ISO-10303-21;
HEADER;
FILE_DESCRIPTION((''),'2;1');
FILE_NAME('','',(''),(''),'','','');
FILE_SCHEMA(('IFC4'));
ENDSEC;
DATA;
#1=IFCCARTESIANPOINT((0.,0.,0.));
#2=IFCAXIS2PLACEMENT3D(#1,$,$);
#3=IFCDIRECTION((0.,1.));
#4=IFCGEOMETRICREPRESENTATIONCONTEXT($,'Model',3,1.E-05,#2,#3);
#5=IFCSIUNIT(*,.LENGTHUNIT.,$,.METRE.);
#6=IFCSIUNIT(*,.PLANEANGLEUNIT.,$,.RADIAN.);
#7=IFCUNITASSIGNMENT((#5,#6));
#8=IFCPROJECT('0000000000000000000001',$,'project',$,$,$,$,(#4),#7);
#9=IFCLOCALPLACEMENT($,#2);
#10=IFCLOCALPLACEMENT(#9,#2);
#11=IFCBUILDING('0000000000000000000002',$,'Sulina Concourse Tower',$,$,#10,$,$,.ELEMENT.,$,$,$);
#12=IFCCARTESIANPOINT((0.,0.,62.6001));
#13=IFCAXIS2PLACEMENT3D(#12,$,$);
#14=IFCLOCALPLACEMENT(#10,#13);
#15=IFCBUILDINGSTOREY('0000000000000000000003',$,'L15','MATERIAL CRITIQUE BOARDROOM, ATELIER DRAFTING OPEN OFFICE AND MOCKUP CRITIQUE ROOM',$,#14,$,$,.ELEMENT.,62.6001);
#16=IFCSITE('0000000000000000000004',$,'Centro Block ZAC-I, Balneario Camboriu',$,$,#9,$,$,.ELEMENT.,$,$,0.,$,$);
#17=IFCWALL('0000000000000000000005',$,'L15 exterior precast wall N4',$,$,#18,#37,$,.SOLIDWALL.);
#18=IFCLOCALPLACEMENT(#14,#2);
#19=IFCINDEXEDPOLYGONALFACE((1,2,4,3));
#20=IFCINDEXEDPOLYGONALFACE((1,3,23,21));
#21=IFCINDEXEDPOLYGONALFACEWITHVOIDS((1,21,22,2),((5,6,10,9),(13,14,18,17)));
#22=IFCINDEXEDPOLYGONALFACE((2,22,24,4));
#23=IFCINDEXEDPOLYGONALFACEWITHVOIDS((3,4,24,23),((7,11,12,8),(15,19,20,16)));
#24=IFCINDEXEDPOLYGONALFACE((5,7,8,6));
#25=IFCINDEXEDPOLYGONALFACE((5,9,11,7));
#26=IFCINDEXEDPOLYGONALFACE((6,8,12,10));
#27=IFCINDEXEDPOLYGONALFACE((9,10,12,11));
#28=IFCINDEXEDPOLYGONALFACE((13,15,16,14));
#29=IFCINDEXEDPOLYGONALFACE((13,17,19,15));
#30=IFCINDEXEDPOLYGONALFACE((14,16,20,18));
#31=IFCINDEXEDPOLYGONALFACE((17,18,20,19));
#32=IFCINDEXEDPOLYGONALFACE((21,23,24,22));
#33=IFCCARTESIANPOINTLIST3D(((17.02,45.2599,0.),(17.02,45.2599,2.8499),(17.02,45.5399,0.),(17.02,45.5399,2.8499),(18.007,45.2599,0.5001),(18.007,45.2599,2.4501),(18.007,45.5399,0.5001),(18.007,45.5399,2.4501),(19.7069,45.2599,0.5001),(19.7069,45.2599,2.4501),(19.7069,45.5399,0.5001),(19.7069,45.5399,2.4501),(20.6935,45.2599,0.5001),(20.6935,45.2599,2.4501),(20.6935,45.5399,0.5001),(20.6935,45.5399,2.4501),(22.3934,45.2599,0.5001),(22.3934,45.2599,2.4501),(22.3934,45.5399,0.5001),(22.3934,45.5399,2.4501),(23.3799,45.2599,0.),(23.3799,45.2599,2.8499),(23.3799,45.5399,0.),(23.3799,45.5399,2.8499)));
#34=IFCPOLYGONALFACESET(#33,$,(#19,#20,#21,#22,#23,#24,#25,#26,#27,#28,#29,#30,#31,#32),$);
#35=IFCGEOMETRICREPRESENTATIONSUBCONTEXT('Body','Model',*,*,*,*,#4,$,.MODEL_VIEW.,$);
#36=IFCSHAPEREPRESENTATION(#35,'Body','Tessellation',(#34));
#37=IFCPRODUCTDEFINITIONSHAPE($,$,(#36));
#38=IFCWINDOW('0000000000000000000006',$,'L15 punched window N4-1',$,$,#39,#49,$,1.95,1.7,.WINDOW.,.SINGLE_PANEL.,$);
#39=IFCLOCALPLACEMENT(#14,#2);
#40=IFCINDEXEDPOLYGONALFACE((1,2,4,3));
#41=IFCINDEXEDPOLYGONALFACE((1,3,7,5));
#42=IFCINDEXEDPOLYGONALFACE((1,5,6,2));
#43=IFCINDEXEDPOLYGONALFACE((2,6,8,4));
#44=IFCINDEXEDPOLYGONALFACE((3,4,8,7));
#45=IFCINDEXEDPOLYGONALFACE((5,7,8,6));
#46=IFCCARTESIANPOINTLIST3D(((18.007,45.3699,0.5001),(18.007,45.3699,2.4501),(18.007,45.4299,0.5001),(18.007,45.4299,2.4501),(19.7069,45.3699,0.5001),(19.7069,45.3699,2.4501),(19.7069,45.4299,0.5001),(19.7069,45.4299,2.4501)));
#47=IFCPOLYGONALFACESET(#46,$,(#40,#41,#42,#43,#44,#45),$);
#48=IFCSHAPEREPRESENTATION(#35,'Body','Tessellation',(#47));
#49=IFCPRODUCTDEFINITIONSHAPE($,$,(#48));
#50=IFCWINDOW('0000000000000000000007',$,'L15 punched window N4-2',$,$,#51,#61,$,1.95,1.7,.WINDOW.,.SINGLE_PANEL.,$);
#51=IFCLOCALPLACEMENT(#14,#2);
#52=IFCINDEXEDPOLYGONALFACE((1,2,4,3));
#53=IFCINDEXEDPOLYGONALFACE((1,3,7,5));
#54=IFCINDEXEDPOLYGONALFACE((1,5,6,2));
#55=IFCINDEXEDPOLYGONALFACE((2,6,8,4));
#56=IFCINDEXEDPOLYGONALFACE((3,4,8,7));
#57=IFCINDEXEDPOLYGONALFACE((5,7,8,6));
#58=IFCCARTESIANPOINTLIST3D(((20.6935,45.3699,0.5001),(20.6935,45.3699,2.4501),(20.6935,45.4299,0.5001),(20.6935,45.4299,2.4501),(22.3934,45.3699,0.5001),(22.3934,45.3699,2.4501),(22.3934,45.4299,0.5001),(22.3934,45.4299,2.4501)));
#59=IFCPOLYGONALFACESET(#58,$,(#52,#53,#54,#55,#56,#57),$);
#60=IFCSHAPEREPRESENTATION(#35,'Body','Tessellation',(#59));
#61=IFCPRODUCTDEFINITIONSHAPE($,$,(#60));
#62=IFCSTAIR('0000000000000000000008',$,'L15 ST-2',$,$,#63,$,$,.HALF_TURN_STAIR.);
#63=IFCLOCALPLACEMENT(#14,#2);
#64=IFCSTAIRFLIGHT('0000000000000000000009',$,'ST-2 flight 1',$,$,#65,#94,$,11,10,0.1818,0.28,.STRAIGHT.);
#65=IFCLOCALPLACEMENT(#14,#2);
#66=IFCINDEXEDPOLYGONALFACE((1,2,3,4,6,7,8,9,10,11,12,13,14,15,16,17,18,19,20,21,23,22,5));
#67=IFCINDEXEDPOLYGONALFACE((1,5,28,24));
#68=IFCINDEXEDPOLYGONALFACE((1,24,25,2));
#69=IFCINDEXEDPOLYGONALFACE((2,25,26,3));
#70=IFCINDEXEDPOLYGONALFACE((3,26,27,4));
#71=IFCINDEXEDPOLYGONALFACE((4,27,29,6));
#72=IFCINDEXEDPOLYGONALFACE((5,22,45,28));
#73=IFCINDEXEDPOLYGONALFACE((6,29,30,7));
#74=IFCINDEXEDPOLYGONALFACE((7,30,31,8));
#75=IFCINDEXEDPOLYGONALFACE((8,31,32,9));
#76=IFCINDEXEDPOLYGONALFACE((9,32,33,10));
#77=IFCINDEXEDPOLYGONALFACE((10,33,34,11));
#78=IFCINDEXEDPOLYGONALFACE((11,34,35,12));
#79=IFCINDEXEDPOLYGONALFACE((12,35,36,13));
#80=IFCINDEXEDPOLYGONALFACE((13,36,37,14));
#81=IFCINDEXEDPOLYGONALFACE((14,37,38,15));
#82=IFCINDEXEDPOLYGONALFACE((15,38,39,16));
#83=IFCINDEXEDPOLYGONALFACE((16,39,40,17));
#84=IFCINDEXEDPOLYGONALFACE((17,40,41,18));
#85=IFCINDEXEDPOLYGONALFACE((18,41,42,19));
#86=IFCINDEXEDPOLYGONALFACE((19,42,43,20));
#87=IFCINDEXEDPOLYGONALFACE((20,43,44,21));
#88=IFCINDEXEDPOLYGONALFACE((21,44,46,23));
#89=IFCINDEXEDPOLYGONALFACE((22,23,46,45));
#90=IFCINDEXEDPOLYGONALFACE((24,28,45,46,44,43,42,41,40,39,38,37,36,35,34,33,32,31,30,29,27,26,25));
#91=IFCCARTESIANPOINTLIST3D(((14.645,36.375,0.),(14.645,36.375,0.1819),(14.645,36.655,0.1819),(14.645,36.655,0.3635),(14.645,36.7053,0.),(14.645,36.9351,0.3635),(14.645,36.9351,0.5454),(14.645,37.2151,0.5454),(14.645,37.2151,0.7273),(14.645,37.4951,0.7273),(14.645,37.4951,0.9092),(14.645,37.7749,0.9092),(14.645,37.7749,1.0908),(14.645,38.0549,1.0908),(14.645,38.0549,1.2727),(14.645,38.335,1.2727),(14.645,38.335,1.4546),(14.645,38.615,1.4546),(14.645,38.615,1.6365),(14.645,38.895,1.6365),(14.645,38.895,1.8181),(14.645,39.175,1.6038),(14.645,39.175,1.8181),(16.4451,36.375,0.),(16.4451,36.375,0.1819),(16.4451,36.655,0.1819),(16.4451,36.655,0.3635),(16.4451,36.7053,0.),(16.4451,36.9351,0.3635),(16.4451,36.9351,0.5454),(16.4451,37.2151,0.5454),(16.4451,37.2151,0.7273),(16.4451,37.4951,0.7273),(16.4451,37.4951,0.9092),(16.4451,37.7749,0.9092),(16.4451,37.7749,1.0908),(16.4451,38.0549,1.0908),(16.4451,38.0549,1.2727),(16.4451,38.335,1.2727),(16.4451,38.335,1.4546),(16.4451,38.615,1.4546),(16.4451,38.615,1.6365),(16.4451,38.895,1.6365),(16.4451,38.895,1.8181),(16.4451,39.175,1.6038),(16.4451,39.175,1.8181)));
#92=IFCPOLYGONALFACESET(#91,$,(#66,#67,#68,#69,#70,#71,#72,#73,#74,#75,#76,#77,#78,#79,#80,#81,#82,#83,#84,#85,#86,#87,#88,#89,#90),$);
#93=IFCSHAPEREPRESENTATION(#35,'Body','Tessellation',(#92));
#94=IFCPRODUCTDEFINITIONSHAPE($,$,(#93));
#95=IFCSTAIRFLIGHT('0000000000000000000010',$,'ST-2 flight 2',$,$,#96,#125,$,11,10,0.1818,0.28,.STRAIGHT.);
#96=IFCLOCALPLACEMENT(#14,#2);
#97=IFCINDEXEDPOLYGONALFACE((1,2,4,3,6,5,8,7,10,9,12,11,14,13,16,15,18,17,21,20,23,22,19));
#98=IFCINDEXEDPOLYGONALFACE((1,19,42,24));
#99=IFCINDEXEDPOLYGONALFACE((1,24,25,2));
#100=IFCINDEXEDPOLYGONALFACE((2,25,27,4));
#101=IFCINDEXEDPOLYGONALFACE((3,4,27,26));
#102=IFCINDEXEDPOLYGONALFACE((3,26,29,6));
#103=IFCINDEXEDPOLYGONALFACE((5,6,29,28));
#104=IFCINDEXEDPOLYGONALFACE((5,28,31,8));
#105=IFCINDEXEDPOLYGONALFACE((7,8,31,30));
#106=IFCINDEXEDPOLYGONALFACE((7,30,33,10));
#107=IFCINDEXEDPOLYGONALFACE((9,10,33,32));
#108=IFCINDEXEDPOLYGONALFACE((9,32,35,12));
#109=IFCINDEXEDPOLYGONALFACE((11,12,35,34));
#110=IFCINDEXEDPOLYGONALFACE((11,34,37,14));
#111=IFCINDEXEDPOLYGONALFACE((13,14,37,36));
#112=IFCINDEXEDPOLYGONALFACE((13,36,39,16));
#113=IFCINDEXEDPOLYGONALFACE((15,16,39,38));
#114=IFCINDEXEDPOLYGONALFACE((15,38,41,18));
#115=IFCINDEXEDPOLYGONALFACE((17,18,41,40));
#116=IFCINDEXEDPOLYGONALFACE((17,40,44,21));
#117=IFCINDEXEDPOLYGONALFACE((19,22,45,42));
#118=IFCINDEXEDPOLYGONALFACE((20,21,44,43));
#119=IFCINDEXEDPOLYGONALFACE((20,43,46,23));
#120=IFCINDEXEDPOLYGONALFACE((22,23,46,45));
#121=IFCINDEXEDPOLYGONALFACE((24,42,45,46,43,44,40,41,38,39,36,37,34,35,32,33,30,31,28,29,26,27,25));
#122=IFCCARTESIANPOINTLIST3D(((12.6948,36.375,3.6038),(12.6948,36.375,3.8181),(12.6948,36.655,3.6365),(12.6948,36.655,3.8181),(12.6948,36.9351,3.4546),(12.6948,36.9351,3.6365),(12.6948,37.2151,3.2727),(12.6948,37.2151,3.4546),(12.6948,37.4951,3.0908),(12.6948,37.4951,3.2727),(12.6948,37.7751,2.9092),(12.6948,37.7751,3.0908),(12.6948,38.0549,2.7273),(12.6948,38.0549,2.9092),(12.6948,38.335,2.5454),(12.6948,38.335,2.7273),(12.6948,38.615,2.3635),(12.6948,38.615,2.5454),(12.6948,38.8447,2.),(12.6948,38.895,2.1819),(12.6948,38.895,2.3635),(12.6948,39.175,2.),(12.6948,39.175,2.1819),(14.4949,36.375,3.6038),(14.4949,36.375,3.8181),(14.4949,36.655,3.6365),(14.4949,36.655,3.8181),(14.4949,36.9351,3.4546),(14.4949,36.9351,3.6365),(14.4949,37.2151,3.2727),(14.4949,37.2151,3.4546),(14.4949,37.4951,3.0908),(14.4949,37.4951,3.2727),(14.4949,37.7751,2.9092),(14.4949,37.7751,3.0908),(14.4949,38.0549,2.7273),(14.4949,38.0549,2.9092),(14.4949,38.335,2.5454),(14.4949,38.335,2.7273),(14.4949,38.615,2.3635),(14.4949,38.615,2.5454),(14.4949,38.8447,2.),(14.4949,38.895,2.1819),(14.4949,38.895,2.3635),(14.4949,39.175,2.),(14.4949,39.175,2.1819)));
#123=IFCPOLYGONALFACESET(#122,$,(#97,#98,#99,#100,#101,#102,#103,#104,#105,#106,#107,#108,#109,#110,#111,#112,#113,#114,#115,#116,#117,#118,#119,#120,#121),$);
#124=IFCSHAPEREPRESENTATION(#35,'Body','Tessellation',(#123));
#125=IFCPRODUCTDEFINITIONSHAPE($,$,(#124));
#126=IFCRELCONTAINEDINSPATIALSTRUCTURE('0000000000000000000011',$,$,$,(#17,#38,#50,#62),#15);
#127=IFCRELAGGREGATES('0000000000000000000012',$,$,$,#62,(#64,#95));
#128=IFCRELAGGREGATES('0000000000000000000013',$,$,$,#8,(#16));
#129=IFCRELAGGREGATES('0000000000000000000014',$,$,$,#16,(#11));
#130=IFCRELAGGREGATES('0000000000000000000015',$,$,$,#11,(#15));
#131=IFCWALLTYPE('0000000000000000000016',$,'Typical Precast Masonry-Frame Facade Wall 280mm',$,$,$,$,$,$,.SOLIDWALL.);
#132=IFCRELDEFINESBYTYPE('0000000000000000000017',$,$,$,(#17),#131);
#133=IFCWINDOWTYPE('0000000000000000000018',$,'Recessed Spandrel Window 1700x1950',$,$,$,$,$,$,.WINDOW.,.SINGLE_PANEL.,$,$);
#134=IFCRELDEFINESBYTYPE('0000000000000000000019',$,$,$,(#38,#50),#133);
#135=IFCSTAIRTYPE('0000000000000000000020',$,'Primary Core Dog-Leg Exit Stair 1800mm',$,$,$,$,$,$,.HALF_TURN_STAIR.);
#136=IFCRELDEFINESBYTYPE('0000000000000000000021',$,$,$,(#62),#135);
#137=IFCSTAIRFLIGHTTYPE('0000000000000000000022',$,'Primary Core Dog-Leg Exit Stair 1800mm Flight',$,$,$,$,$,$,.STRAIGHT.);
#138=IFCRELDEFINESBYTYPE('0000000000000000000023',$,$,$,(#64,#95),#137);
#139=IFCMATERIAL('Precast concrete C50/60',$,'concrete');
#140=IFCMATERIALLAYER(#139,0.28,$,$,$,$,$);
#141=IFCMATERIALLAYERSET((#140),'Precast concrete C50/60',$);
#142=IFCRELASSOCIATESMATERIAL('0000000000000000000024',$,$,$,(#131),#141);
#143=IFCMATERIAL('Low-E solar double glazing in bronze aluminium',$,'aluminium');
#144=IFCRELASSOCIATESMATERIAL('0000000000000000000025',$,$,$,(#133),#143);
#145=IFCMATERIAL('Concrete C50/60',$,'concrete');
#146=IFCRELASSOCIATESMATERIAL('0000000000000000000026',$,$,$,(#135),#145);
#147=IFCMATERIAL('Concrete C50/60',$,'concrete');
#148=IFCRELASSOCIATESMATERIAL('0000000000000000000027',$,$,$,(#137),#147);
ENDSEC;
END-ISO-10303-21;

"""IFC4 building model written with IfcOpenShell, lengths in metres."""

from ifc_helpers import new_model, si_unit, direction, frame, frame_2d, origin, place, context, subcontext, project, spatial, polyline, rectangle, outline, extrude, material, layer, layer_set, type_object, element, fill, aggregate, save


model = new_model("IFC4")

# Units and contexts
model_context = context("Model", 3, precision=1e-05, world=origin(), true_north=direction((0.0, 1.0)))
body_context = subcontext(model_context, "Body", "Model", "MODEL_VIEW")
ifc_project = project(units=[si_unit("LENGTHUNIT", "METRE"), si_unit("PLANEANGLEUNIT", "RADIAN")], contexts=[model_context])

# Site, building, storey
site_placement = place(None, origin())
site = spatial("IfcSite", under=ifc_project, at=site_placement, Name="Centro Block ZAC-I, Balneario Camboriu", CompositionType="ELEMENT", RefElevation=0.0)
building_placement = place(site_placement, origin())
building = spatial("IfcBuilding", under=site, at=building_placement, Name="Sulina Concourse Tower", CompositionType="ELEMENT")
storey_placement = place(building_placement, frame((0.0, 0.0, 62.6001)))
storey = spatial("IfcBuildingStorey", under=building, at=storey_placement, Name="L15", Description="MATERIAL CRITIQUE BOARDROOM, ATELIER DRAFTING OPEN OFFICE AND MOCKUP CRITIQUE ROOM", CompositionType="ELEMENT", Elevation=62.6001)

# Shared definitions
ifc_material_1 = material(Name="Precast concrete C50/60", Category="concrete")
ifc_layer_1 = layer(ifc_material_1, 0.28)
ifc_layer_set_1 = layer_set([ifc_layer_1], Name="Precast concrete C50/60")
wall_type_1 = type_object("IfcWallType", Name="Typical Precast Masonry-Frame Facade Wall 280mm", PredefinedType="SOLIDWALL", material=ifc_layer_set_1)

# Wall, openings, windows
wall_1_placement = place(storey_placement, frame((17.02, 45.3999, 0.0), z_axis=(0.0, 0.0, 1.0), x_axis=(1.0, 0.0, 0.0)))
wall_1 = element("IfcWall", 1, at=wall_1_placement, inside=storey, type_object=wall_type_1, Name="L15 exterior precast wall N4", PredefinedType="SOLIDWALL", context=body_context, shape_type="SweptSolid", body=[
    extrude(rectangle(XDim=6.3599, YDim=0.28, at=frame_2d((3.1799, 0.0))), origin(), (0.0, 0.0, 1.0), 2.8499),
])
opening_1_placement = place(wall_1_placement, frame((0.9868, 0.0, 0.5)))
opening_1 = element("IfcOpeningElement", 2, at=opening_1_placement, cuts=wall_1, PredefinedType="OPENING", context=body_context, shape_type="SweptSolid", body=[
    extrude(rectangle(XDim=1.7, YDim=1.95, at=frame_2d((0.8501, 0.9751))), frame((0.0, 0.1499, 0.0), z_axis=(0.0, -1.0, 0.0), x_axis=(1.0, 0.0, 0.0)), (0.0, 0.0, 1.0), 0.3),
])
opening_2_placement = place(wall_1_placement, frame((3.6733, 0.0, 0.5)))
opening_2 = element("IfcOpeningElement", 3, at=opening_2_placement, cuts=wall_1, PredefinedType="OPENING", context=body_context, shape_type="SweptSolid", body=[
    extrude(rectangle(XDim=1.7, YDim=1.95, at=frame_2d((0.8501, 0.9751))), frame((0.0, 0.1499, 0.0), z_axis=(0.0, -1.0, 0.0), x_axis=(1.0, 0.0, 0.0)), (0.0, 0.0, 1.0), 0.3),
])
ifc_material_2 = material(Name="Low-E solar double glazing in bronze aluminium", Category="aluminium")
window_type = type_object("IfcWindowType", Name="Recessed Spandrel Window 1700x1950", PartitioningType="SINGLE_PANEL", PredefinedType="WINDOW", material=ifc_material_2)
window_1_placement = place(opening_1_placement, origin())
window_1 = element("IfcWindow", 4, at=window_1_placement, inside=storey, type_object=window_type, Name="L15 punched window N4-1", OverallHeight=1.95, OverallWidth=1.7, PartitioningType="SINGLE_PANEL", PredefinedType="WINDOW", context=body_context, shape_type="SweptSolid", body=[
    extrude(rectangle(XDim=1.7, YDim=1.95, at=frame_2d((0.8501, 0.9751))), frame((0.0, 0.03, 0.0), z_axis=(0.0, -1.0, 0.0), x_axis=(1.0, 0.0, 0.0)), (0.0, 0.0, 1.0), 0.0601),
])
fill(opening_1, window_1)
window_2_placement = place(opening_2_placement, origin())
window_2 = element("IfcWindow", 5, at=window_2_placement, inside=storey, type_object=window_type, Name="L15 punched window N4-2", OverallHeight=1.95, OverallWidth=1.7, PartitioningType="SINGLE_PANEL", PredefinedType="WINDOW", context=body_context, shape_type="SweptSolid", body=[
    extrude(rectangle(XDim=1.7, YDim=1.95, at=frame_2d((0.8501, 0.9751))), frame((0.0, 0.03, 0.0), z_axis=(0.0, -1.0, 0.0), x_axis=(1.0, 0.0, 0.0)), (0.0, 0.0, 1.0), 0.0601),
])
fill(opening_2, window_2)

# Stair, stair flights
ifc_material_3 = material(Name="Concrete C50/60", Category="concrete")
stair_type = type_object("IfcStairType", Name="Primary Core Dog-Leg Exit Stair 1800mm", PredefinedType="HALF_TURN_STAIR", material=ifc_material_3)
stair_placement = place(storey_placement, origin())
stair = element("IfcStair", 6, at=stair_placement, inside=storey, type_object=stair_type, Name="L15 ST-2", PredefinedType="HALF_TURN_STAIR")
ifc_material_4 = material(Name="Concrete C50/60", Category="concrete")
stair_flight_type = type_object("IfcStairFlightType", Name="Primary Core Dog-Leg Exit Stair 1800mm Flight", PredefinedType="STRAIGHT", material=ifc_material_4)
stair_flight_1_placement = place(storey_placement, frame((15.5449, 36.375, 0.0), z_axis=(0.0, 0.0, 1.0), x_axis=(0.0, 1.0, 0.0)))
stair_flight_1 = element("IfcStairFlight", 7, at=stair_flight_1_placement, type_object=stair_flight_type, Name="ST-2 flight 1", NumberOfRisers=11, NumberOfTreads=10, PredefinedType="STRAIGHT", RiserHeight=0.1818, TreadLength=0.28, context=body_context, shape_type="SweptSolid", body=[
    extrude(outline(polyline([(0.0, 0.0), (0.0, 0.1819), (0.28, 0.1819), (0.28, 0.3635), (0.5601, 0.3635), (0.5601, 0.5454), (0.8401, 0.5454), (0.8401, 0.7273), (1.1201, 0.7273), (1.1201, 0.9092), (1.3999, 0.9092), (1.3999, 1.0908), (1.6799, 1.0908), (1.6799, 1.2727), (1.96, 1.2727), (1.96, 1.4546), (2.24, 1.4546), (2.24, 1.6365), (2.52, 1.6365), (2.52, 1.8181), (2.8, 1.8181), (2.8, 2.0), (2.8, 1.6038), (0.3303, 0.0), (0.0, 0.0)])), frame((0.0, 0.8999, 0.0), z_axis=(0.0, -1.0, 0.0), x_axis=(1.0, 0.0, 0.0)), (0.0, 0.0, 1.0), 1.8),
])
stair_flight_2_placement = place(storey_placement, frame((13.595, 39.175, 2.0), z_axis=(0.0, 0.0, 1.0), x_axis=(0.0, -1.0, 0.0)))
stair_flight_2 = element("IfcStairFlight", 8, at=stair_flight_2_placement, type_object=stair_flight_type, Name="ST-2 flight 2", NumberOfRisers=11, NumberOfTreads=10, PredefinedType="STRAIGHT", RiserHeight=0.1818, TreadLength=0.28, context=body_context, shape_type="SweptSolid", body=[
    extrude(outline(polyline([(0.0, 0.0), (0.0, 0.1819), (0.28, 0.1819), (0.28, 0.3635), (0.5601, 0.3635), (0.5601, 0.5454), (0.8401, 0.5454), (0.8401, 0.7273), (1.1201, 0.7273), (1.1201, 0.9092), (1.3999, 0.9092), (1.3999, 1.0908), (1.6799, 1.0908), (1.6799, 1.2727), (1.96, 1.2727), (1.96, 1.4546), (2.24, 1.4546), (2.24, 1.6365), (2.52, 1.6365), (2.52, 1.8181), (2.8, 1.8181), (2.8, 2.0), (2.8, 1.6038), (0.3303, 0.0), (0.0, 0.0)])), frame((0.0, 0.8999, 0.0), z_axis=(0.0, -1.0, 0.0), x_axis=(1.0, 0.0, 0.0)), (0.0, 0.0, 1.0), 1.8),
])
aggregate(stair, [stair_flight_1, stair_flight_2])

save(model, "model.ifc")
